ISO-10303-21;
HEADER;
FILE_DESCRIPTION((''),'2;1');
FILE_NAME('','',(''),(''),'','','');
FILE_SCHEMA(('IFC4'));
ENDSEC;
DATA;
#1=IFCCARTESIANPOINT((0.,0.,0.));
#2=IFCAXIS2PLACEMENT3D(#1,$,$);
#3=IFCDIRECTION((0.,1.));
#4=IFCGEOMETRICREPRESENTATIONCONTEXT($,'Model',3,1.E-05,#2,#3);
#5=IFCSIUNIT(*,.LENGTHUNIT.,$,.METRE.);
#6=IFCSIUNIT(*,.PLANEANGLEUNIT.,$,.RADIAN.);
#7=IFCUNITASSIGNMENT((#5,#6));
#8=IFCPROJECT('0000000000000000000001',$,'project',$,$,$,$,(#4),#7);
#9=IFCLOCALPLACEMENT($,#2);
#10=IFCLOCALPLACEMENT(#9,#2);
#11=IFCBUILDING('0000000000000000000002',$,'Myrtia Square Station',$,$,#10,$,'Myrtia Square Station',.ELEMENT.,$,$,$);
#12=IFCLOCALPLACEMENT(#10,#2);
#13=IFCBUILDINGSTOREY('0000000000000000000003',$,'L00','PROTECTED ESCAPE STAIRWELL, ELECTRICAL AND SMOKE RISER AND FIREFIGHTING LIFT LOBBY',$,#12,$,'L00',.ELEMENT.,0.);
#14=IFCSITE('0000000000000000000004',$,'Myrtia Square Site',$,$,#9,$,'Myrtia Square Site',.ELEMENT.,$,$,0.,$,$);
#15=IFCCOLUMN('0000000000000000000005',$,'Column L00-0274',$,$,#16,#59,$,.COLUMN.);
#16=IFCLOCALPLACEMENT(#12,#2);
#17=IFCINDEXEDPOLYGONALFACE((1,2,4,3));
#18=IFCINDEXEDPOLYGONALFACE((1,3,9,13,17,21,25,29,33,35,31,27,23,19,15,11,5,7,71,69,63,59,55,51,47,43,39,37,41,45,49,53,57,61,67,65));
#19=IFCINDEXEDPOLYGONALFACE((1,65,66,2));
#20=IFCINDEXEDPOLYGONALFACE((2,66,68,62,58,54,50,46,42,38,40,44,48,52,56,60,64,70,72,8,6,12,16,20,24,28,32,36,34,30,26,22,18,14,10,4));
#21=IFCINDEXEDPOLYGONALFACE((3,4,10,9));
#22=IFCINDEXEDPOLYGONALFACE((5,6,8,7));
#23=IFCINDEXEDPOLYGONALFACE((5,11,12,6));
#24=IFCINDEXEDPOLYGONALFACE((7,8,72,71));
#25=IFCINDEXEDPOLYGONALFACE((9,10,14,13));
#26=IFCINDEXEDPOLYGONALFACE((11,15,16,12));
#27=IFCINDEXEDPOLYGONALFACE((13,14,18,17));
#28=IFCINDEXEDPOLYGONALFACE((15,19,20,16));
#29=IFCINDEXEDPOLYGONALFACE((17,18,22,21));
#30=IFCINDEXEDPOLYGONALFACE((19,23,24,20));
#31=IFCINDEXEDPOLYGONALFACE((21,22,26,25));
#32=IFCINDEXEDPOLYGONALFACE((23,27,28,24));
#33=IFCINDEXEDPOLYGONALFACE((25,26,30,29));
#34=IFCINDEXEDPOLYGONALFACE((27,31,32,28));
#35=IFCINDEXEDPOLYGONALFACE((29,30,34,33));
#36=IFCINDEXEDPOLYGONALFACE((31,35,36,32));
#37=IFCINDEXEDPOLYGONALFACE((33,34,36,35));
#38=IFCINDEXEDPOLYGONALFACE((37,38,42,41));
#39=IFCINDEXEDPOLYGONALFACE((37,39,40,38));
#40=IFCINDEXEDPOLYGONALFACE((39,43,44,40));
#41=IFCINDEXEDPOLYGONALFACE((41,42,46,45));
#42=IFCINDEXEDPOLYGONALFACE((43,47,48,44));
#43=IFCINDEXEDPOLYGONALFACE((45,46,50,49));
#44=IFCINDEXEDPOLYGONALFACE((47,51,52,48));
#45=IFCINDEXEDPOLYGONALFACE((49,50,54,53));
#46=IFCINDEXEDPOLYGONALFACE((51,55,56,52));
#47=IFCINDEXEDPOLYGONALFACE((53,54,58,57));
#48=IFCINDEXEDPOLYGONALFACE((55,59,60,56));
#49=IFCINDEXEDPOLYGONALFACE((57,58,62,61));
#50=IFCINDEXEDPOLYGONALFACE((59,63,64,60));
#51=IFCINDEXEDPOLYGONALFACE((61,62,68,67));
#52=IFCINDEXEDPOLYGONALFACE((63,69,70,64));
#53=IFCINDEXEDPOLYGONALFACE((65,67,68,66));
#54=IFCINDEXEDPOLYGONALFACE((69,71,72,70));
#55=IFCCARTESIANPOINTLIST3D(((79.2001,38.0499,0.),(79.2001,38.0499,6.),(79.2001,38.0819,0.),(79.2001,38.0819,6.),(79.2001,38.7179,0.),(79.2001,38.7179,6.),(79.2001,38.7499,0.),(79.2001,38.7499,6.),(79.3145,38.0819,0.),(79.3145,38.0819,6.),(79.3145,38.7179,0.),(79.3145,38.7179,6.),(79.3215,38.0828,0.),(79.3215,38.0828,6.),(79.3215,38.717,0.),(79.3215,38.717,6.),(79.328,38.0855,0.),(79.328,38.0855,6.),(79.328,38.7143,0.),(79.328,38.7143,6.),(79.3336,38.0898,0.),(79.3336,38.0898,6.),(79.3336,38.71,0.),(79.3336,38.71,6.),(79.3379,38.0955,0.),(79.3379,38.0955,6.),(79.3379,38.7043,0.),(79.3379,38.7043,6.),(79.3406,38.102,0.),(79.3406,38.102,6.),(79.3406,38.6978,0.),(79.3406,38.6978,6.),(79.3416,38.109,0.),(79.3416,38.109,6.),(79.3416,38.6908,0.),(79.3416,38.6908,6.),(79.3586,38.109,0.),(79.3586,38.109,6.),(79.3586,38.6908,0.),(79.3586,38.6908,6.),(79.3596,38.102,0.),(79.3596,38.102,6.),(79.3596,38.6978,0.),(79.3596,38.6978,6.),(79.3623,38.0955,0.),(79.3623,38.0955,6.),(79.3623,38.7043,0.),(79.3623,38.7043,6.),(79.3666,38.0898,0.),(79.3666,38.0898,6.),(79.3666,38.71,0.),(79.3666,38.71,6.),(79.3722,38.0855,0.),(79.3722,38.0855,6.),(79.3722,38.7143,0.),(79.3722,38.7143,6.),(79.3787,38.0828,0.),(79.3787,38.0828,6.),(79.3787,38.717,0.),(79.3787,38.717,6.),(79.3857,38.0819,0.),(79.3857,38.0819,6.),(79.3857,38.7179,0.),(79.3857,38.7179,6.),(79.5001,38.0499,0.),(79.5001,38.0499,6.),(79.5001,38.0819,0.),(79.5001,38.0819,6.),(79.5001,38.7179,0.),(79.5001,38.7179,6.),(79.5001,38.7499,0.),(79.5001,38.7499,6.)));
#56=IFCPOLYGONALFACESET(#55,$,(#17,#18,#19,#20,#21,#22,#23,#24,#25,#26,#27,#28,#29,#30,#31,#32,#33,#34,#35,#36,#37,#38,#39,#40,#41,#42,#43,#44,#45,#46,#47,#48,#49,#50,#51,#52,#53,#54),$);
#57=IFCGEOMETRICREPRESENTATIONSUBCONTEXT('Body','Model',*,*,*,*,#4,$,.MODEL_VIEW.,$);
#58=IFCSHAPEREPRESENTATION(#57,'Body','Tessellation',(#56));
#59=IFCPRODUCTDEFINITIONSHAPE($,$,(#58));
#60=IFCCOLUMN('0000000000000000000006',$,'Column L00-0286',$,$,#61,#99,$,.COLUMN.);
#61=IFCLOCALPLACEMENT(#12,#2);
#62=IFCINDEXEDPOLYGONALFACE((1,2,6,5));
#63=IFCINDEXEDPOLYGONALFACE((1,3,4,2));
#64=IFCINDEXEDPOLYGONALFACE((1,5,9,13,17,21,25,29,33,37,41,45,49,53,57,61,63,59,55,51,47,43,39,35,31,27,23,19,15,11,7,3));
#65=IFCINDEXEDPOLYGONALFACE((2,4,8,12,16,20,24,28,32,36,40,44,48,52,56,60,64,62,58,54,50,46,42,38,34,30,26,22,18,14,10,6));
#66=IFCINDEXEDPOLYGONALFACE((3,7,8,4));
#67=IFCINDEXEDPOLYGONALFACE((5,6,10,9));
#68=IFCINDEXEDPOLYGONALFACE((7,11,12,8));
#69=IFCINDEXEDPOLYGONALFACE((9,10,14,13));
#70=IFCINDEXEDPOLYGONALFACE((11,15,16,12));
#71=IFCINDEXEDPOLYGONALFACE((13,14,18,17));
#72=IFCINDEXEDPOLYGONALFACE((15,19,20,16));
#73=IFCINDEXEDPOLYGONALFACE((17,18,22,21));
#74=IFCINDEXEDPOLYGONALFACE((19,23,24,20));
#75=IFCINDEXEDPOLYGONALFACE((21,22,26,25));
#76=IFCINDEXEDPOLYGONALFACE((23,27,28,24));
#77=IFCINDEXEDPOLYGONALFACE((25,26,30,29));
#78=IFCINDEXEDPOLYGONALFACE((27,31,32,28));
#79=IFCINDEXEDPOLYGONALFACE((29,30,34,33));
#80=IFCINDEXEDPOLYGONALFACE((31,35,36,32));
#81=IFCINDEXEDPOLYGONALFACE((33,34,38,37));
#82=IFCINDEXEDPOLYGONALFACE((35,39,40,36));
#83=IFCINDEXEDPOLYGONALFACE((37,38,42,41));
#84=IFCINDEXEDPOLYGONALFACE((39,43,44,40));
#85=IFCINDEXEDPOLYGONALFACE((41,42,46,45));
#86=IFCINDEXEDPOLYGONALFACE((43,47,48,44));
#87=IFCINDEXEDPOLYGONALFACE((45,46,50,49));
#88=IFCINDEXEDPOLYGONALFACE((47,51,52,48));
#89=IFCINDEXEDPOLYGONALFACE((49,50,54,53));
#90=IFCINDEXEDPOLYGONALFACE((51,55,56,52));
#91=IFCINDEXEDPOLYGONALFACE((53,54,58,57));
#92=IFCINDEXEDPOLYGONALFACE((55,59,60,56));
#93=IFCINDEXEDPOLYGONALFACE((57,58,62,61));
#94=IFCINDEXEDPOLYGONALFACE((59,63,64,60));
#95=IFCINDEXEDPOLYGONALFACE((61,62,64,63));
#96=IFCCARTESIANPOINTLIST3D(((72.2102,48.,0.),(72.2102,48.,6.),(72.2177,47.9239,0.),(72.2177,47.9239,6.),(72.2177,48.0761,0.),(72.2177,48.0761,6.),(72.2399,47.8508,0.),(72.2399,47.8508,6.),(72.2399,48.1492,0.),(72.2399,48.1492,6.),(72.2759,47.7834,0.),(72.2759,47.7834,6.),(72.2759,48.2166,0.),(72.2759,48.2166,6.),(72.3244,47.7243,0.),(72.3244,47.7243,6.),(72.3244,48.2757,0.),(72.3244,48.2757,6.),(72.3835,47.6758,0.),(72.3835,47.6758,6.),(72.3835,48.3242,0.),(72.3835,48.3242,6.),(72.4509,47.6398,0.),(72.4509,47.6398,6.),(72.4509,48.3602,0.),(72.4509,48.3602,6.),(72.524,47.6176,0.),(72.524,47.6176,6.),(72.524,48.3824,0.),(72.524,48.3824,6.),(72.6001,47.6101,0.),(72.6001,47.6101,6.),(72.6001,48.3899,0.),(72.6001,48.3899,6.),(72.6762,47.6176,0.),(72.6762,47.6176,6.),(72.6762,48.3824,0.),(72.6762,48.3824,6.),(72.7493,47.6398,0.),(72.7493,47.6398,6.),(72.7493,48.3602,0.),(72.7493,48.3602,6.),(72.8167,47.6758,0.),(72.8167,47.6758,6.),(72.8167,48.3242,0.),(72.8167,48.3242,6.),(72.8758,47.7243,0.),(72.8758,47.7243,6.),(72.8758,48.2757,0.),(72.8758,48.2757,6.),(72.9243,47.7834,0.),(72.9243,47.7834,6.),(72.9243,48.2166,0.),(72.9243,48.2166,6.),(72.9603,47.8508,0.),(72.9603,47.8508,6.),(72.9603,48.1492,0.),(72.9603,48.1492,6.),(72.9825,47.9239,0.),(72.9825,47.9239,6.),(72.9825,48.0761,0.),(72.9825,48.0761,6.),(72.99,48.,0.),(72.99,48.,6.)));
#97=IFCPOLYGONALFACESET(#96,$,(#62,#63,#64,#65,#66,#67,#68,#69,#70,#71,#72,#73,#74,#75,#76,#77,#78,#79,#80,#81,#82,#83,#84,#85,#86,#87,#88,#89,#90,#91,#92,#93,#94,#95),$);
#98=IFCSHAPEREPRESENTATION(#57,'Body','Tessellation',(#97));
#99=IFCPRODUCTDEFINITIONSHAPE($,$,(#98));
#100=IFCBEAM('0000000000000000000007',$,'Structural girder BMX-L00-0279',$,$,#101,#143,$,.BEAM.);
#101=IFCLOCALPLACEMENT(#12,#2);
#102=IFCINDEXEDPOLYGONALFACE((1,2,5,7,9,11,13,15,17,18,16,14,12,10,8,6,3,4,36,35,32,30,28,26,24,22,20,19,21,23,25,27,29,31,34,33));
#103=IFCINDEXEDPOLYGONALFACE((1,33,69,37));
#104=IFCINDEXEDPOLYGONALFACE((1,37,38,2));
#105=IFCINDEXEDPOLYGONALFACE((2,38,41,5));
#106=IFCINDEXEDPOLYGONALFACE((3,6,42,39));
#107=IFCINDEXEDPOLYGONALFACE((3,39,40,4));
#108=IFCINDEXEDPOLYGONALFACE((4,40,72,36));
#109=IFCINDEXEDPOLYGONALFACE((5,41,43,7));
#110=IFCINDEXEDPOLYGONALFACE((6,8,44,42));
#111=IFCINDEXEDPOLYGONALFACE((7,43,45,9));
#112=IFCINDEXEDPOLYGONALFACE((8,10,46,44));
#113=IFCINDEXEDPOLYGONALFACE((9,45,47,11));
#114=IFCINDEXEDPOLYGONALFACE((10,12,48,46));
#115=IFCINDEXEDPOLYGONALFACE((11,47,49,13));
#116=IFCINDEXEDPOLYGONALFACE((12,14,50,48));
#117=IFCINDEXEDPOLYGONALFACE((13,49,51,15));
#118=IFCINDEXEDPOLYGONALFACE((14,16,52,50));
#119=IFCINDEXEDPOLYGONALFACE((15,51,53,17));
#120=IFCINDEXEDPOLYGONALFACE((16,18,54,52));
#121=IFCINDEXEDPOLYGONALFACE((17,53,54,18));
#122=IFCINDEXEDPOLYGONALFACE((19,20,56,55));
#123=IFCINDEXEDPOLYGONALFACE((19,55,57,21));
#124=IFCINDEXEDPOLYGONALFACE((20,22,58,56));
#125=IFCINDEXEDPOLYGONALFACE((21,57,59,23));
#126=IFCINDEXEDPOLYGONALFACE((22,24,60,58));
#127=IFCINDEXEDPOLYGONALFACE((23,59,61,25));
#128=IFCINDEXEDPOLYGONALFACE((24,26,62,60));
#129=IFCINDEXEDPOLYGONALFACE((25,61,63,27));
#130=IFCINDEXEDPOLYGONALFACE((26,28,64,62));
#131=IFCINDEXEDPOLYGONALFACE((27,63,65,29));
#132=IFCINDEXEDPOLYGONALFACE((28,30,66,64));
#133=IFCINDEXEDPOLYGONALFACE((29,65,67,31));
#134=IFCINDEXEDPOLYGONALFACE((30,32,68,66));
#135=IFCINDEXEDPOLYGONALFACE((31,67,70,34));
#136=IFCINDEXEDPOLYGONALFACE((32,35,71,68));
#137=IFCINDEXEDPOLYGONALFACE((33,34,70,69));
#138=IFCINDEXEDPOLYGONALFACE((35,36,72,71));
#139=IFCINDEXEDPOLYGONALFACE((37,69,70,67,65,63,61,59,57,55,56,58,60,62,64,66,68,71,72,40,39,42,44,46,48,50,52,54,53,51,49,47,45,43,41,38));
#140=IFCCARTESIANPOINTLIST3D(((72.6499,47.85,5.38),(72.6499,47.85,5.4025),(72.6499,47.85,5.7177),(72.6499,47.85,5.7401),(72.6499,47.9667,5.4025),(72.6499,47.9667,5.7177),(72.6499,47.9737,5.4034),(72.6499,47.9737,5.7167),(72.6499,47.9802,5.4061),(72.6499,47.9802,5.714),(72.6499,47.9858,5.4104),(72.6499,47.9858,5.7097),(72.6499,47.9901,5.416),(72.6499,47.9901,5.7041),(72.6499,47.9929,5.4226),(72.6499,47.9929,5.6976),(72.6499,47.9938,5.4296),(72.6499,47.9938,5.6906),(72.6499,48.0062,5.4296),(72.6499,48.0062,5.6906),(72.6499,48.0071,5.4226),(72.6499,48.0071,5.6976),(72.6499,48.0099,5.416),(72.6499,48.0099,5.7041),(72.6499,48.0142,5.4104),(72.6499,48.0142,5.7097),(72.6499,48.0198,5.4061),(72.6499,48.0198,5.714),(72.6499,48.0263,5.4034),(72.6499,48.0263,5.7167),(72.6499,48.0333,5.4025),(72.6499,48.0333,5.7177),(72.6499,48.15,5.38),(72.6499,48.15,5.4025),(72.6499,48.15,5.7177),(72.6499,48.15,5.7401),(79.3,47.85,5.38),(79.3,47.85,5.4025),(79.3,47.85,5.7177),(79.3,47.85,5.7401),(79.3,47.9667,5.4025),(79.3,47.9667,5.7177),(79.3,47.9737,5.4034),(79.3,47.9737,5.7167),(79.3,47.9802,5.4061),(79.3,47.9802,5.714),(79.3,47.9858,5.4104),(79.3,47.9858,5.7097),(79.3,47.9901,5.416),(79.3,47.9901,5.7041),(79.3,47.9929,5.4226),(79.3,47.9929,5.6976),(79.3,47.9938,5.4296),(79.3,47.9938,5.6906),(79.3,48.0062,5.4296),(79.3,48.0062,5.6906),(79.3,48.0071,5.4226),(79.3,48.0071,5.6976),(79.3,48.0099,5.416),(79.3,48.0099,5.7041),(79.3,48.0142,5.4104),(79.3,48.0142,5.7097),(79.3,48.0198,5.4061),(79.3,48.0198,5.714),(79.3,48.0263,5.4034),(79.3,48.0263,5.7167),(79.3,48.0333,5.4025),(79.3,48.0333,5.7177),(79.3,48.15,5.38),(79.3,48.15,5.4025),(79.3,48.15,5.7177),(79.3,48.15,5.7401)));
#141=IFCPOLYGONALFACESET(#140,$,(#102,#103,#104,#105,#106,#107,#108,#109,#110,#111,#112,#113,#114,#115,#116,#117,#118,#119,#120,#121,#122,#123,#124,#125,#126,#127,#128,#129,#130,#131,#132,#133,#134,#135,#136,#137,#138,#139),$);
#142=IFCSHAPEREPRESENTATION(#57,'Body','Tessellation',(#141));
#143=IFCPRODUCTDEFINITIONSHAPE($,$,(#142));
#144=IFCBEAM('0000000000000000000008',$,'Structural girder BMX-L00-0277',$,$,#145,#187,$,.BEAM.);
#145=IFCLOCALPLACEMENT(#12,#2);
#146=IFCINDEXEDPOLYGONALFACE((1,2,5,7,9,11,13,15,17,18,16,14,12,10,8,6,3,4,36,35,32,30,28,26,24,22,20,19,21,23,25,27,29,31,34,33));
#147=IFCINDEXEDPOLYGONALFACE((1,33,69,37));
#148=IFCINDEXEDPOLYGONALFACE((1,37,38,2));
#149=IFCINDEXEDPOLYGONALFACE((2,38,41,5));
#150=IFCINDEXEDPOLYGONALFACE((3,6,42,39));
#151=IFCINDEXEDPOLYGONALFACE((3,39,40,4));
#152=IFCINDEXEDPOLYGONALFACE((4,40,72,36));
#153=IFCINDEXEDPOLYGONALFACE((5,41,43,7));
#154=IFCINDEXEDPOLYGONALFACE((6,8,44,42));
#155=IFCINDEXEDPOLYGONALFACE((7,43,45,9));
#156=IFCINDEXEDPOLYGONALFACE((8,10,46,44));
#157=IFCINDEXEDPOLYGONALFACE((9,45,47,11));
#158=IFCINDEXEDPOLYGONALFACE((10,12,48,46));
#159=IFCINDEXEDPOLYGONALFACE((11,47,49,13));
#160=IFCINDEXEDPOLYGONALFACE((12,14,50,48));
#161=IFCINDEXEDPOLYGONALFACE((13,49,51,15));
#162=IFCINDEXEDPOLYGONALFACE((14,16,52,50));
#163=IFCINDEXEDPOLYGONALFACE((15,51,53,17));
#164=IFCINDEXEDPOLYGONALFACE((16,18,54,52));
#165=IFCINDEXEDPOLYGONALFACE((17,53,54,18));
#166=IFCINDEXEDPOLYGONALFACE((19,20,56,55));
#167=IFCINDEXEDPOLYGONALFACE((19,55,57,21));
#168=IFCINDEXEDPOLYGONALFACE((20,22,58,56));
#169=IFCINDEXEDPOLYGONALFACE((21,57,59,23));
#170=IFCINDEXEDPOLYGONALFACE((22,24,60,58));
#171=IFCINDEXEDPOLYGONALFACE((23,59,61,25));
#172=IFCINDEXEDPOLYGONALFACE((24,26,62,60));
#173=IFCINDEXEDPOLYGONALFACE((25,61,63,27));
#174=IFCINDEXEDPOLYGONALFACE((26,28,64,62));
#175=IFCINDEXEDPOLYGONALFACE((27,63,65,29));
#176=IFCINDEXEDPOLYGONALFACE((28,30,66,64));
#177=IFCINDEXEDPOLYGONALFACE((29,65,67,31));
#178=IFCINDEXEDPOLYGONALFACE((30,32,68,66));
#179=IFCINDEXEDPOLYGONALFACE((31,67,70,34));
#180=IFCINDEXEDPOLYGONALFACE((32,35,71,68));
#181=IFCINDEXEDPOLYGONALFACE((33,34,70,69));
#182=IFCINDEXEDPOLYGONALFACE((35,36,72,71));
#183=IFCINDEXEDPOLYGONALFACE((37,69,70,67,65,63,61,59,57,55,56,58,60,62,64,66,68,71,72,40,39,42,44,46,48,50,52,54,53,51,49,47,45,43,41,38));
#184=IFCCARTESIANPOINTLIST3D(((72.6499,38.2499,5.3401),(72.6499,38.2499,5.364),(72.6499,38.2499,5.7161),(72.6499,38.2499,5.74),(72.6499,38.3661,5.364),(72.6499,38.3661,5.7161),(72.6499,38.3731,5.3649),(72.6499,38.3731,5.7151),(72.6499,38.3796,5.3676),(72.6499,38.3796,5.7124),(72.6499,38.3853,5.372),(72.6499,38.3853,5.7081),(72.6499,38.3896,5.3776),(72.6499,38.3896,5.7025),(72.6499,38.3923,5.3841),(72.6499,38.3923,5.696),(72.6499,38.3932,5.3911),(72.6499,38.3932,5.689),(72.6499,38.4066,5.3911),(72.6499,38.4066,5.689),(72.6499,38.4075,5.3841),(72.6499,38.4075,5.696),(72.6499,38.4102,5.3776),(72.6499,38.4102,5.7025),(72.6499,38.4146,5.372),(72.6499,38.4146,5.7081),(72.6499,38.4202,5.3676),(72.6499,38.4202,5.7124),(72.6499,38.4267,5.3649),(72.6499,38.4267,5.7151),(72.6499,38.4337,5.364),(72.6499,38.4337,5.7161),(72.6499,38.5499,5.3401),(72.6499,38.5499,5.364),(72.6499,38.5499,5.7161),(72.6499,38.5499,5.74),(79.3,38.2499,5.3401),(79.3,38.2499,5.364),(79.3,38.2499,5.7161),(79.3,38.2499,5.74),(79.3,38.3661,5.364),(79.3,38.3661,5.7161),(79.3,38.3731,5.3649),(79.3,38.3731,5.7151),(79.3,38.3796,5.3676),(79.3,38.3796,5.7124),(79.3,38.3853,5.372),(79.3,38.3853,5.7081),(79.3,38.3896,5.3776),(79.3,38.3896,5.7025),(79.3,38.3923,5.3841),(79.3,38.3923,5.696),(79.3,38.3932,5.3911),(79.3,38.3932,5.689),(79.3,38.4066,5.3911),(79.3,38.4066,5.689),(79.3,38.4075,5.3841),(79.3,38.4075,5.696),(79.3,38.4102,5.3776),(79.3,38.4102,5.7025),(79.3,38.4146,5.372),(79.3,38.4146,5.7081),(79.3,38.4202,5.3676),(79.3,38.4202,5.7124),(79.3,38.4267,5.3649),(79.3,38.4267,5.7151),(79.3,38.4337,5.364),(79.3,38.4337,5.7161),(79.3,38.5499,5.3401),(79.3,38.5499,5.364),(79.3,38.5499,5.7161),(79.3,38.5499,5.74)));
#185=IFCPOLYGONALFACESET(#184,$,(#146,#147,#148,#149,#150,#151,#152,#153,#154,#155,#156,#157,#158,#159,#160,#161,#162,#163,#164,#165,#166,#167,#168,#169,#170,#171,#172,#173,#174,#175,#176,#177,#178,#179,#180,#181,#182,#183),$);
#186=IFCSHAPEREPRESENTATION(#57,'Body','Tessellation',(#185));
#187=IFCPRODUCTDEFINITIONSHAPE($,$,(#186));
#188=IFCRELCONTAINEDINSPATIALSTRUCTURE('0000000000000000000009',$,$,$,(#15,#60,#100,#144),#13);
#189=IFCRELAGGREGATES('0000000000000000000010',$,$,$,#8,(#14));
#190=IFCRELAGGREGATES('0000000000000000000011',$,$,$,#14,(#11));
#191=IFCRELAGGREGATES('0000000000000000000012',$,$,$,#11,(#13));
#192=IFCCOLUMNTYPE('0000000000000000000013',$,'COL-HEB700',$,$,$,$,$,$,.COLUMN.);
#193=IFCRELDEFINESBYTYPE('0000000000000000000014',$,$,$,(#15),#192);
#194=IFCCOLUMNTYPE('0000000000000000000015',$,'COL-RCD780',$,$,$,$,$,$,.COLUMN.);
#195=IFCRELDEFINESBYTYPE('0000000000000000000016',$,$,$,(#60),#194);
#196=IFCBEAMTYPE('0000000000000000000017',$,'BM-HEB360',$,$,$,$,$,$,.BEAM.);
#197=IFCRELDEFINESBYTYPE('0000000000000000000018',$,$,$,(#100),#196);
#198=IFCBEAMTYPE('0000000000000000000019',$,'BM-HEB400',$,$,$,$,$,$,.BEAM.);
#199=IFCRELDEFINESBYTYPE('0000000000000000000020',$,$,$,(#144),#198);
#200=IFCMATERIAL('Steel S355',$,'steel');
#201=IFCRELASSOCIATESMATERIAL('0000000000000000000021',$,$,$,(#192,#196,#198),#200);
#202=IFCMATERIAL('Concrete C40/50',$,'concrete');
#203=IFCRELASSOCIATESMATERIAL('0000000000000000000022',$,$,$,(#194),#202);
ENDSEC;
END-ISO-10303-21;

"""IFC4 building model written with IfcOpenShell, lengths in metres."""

from ifc_helpers import new_model, si_unit, direction, frame, origin, origin_2d, place, context, subcontext, project, spatial, circle, i_section, extrude, material, material_profile, profile_set, type_object, element, save


model = new_model("IFC4")

# Units and contexts
model_context = context("Model", 3, precision=1e-05, world=origin(), true_north=direction((0.0, 1.0)))
body_context = subcontext(model_context, "Body", "Model", "MODEL_VIEW")
ifc_project = project(units=[si_unit("LENGTHUNIT", "METRE"), si_unit("PLANEANGLEUNIT", "RADIAN")], contexts=[model_context])

# Site, building, storey
site_placement = place(None, origin())
site = spatial("IfcSite", under=ifc_project, at=site_placement, Name="Myrtia Square Site", LongName="Myrtia Square Site", CompositionType="ELEMENT", RefElevation=0.0)
building_placement = place(site_placement, origin())
building = spatial("IfcBuilding", under=site, at=building_placement, Name="Myrtia Square Station", LongName="Myrtia Square Station", CompositionType="ELEMENT")
storey_placement = place(building_placement, origin())
storey = spatial("IfcBuildingStorey", under=building, at=storey_placement, Name="L00", Description="PROTECTED ESCAPE STAIRWELL, ELECTRICAL AND SMOKE RISER AND FIREFIGHTING LIFT LOBBY", LongName="L00", CompositionType="ELEMENT", Elevation=0.0)

# Columns
ifc_material_1 = material(Name="Steel S355", Category="steel")
ifc_material_profile_1 = material_profile(ifc_material_1, i_section(OverallWidth=0.3, OverallDepth=0.7, WebThickness=0.0171, FlangeThickness=0.032, FilletRadius=0.0271, at=origin_2d()), Name="HEB 700")
ifc_profile_set_1 = profile_set([ifc_material_profile_1], Name="Steel S355")
column_type_1 = type_object("IfcColumnType", Name="COL-HEB700", PredefinedType="COLUMN", material=ifc_profile_set_1)
column_1_placement = place(storey_placement, frame((79.3501, 38.3999, 0.0), z_axis=(0.0, 0.0, 1.0), x_axis=(1.0, 0.0, 0.0)))
element("IfcColumn", 1, at=column_1_placement, inside=storey, type_object=column_type_1, Name="Column L00-0274", PredefinedType="COLUMN", context=body_context, shape_type="SweptSolid", body=[
    extrude(i_section(OverallWidth=0.3, OverallDepth=0.7, WebThickness=0.0171, FlangeThickness=0.032, FilletRadius=0.0271, at=origin_2d()), origin(), (0.0, 0.0, 1.0), 6.0),
])
ifc_material_2 = material(Name="Concrete C40/50", Category="concrete")
ifc_material_profile_2 = material_profile(ifc_material_2, circle(Radius=0.3899, at=origin_2d()), Name="RC D780")
ifc_profile_set_2 = profile_set([ifc_material_profile_2], Name="Concrete C40/50")
column_type_2 = type_object("IfcColumnType", Name="COL-RCD780", PredefinedType="COLUMN", material=ifc_profile_set_2)
column_2_placement = place(storey_placement, frame((72.6001, 48.0, 0.0), z_axis=(0.0, 0.0, 1.0), x_axis=(1.0, 0.0, 0.0)))
element("IfcColumn", 2, at=column_2_placement, inside=storey, type_object=column_type_2, Name="Column L00-0286", PredefinedType="COLUMN", context=body_context, shape_type="SweptSolid", body=[
    extrude(circle(Radius=0.3899, at=origin_2d()), origin(), (0.0, 0.0, 1.0), 6.0),
])

# Beams
ifc_material_profile_3 = material_profile(ifc_material_1, i_section(OverallWidth=0.3, OverallDepth=0.3601, WebThickness=0.0125, FlangeThickness=0.0225, FilletRadius=0.0271, at=origin_2d()), Name="HEB 360")
ifc_profile_set_3 = profile_set([ifc_material_profile_3], Name="Steel S355")
beam_type_1 = type_object("IfcBeamType", Name="BM-HEB360", PredefinedType="BEAM", material=ifc_profile_set_3)
beam_1_placement = place(storey_placement, frame((72.6499, 48.0, 5.5601), z_axis=(1.0, 0.0, 0.0), x_axis=(0.0, 1.0, 0.0)))
element("IfcBeam", 3, at=beam_1_placement, inside=storey, type_object=beam_type_1, Name="Structural girder BMX-L00-0279", PredefinedType="BEAM", context=body_context, shape_type="SweptSolid", body=[
    extrude(i_section(OverallWidth=0.3, OverallDepth=0.3601, WebThickness=0.0125, FlangeThickness=0.0225, FilletRadius=0.0271, at=origin_2d()), origin(), (0.0, 0.0, 1.0), 6.6501),
])
ifc_material_profile_4 = material_profile(ifc_material_1, i_section(OverallWidth=0.3, OverallDepth=0.3999, WebThickness=0.0134, FlangeThickness=0.0239, FilletRadius=0.0271, at=origin_2d()), Name="HEB 400")
ifc_profile_set_4 = profile_set([ifc_material_profile_4], Name="Steel S355")
beam_type_2 = type_object("IfcBeamType", Name="BM-HEB400", PredefinedType="BEAM", material=ifc_profile_set_4)
beam_2_placement = place(storey_placement, frame((72.6499, 38.3999, 5.54), z_axis=(1.0, 0.0, 0.0), x_axis=(0.0, 1.0, 0.0)))
element("IfcBeam", 4, at=beam_2_placement, inside=storey, type_object=beam_type_2, Name="Structural girder BMX-L00-0277", PredefinedType="BEAM", context=body_context, shape_type="SweptSolid", body=[
    extrude(i_section(OverallWidth=0.3, OverallDepth=0.3999, WebThickness=0.0134, FlangeThickness=0.0239, FilletRadius=0.0271, at=origin_2d()), origin(), (0.0, 0.0, 1.0), 6.6501),
])

save(model, "model.ifc")
